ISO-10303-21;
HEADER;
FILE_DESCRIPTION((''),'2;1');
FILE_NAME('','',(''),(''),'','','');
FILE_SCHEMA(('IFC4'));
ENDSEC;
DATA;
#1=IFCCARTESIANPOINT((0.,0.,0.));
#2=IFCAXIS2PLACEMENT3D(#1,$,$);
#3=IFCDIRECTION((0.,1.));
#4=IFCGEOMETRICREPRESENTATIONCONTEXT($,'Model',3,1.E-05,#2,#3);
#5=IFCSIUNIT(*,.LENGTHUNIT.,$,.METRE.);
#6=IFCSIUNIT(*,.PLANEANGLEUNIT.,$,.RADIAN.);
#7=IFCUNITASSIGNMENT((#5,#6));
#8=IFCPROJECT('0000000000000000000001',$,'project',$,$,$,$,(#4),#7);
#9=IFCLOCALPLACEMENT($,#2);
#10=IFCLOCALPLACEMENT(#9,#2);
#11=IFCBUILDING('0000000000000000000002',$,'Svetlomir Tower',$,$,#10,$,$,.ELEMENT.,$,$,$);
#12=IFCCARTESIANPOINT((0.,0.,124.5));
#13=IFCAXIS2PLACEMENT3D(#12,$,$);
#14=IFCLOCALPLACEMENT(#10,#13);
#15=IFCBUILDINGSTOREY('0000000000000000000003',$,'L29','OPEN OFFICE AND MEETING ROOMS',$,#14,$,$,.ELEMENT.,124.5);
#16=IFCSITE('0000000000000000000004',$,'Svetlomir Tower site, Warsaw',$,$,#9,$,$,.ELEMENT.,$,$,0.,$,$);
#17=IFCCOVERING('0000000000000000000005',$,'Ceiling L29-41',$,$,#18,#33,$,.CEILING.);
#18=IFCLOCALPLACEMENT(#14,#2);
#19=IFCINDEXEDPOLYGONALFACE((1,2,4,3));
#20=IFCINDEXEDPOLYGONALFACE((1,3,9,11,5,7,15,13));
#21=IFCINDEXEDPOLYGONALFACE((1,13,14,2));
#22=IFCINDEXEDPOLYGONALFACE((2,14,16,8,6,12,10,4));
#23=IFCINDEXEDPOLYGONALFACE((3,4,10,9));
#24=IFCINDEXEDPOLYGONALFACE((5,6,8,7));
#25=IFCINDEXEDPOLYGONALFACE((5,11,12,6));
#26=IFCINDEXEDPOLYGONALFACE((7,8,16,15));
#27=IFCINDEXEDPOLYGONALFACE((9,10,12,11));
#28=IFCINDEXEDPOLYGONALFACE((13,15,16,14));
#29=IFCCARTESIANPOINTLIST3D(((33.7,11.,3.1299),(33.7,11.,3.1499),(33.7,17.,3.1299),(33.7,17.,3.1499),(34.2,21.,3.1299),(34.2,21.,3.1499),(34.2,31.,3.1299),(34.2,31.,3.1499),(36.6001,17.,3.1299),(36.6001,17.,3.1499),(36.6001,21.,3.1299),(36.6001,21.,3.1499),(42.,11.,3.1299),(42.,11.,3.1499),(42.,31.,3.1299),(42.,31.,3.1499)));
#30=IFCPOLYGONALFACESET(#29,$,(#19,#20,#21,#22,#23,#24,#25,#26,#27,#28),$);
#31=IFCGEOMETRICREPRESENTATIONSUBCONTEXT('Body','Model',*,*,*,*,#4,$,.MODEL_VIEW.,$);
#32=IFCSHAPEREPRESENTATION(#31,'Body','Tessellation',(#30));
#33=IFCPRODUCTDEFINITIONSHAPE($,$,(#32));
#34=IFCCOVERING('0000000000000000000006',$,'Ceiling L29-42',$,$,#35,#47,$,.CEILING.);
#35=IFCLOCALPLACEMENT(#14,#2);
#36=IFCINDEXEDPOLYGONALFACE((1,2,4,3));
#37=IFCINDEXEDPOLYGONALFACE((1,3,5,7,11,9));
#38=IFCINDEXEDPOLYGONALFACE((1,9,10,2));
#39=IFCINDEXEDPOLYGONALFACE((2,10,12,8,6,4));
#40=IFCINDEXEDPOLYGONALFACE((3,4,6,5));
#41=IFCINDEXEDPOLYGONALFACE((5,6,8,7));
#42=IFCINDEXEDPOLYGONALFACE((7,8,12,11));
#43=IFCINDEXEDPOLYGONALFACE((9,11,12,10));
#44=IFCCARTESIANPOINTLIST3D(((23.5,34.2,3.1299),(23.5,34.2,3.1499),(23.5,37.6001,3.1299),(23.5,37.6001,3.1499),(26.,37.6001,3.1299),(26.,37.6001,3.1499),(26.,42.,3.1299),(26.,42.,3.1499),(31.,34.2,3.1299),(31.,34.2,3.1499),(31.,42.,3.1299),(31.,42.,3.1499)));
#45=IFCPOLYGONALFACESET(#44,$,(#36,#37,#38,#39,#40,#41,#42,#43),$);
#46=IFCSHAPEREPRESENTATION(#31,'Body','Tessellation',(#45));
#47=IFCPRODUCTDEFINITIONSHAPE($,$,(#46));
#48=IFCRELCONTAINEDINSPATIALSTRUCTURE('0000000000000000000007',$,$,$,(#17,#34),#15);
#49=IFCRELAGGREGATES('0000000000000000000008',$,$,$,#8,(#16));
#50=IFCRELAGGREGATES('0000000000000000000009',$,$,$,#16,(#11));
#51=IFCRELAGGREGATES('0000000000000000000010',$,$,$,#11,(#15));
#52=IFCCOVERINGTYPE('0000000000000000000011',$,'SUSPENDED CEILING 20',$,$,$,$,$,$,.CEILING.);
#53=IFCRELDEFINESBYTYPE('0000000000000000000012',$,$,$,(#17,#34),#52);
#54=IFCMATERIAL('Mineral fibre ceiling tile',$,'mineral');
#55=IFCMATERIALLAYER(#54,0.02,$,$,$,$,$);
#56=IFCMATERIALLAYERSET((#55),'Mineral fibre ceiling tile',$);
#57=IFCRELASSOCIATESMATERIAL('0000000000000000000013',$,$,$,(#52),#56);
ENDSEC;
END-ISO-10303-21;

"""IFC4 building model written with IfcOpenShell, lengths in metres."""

from ifc_helpers import new_model, si_unit, direction, frame, origin, place, context, subcontext, project, spatial, polyline, outline, extrude, material, layer, layer_set, type_object, element, save


model = new_model("IFC4")

# Units and contexts
model_context = context("Model", 3, precision=1e-05, world=origin(), true_north=direction((0.0, 1.0)))
body_context = subcontext(model_context, "Body", "Model", "MODEL_VIEW")
ifc_project = project(units=[si_unit("LENGTHUNIT", "METRE"), si_unit("PLANEANGLEUNIT", "RADIAN")], contexts=[model_context])

# Site, building, storey
site_placement = place(None, origin())
site = spatial("IfcSite", under=ifc_project, at=site_placement, Name="Svetlomir Tower site, Warsaw", CompositionType="ELEMENT", RefElevation=0.0)
building_placement = place(site_placement, origin())
building = spatial("IfcBuilding", under=site, at=building_placement, Name="Svetlomir Tower", CompositionType="ELEMENT")
storey_placement = place(building_placement, frame((0.0, 0.0, 124.5)))
storey = spatial("IfcBuildingStorey", under=building, at=storey_placement, Name="L29", Description="OPEN OFFICE AND MEETING ROOMS", CompositionType="ELEMENT", Elevation=124.5)

# Coverings
ifc_material_1 = material(Name="Mineral fibre ceiling tile", Category="mineral")
ifc_layer_1 = layer(ifc_material_1, 0.02)
ifc_layer_set_1 = layer_set([ifc_layer_1], Name="Mineral fibre ceiling tile")
covering_type_1 = type_object("IfcCoveringType", Name="SUSPENDED CEILING 20", PredefinedType="CEILING", material=ifc_layer_set_1)
covering_1_placement = place(storey_placement, frame((0.0, 0.0, 3.1299)))
element("IfcCovering", 1, at=covering_1_placement, inside=storey, type_object=covering_type_1, Name="Ceiling L29-41", PredefinedType="CEILING", context=body_context, shape_type="SweptSolid", body=[
    extrude(outline(polyline([(33.7, 11.0), (33.7, 17.0), (36.6001, 17.0), (36.6001, 21.0), (34.2, 21.0), (34.2, 31.0), (42.0, 31.0), (42.0, 11.0), (33.7, 11.0)])), origin(), (0.0, 0.0, 1.0), 0.02),
])
covering_2_placement = place(storey_placement, frame((0.0, 0.0, 3.1299)))
element("IfcCovering", 2, at=covering_2_placement, inside=storey, type_object=covering_type_1, Name="Ceiling L29-42", PredefinedType="CEILING", context=body_context, shape_type="SweptSolid", body=[
    extrude(outline(polyline([(23.5, 34.2), (23.5, 37.6001), (26.0, 37.6001), (26.0, 42.0), (31.0, 42.0), (31.0, 34.2), (23.5, 34.2)])), origin(), (0.0, 0.0, 1.0), 0.02),
])

save(model, "model.ifc")
